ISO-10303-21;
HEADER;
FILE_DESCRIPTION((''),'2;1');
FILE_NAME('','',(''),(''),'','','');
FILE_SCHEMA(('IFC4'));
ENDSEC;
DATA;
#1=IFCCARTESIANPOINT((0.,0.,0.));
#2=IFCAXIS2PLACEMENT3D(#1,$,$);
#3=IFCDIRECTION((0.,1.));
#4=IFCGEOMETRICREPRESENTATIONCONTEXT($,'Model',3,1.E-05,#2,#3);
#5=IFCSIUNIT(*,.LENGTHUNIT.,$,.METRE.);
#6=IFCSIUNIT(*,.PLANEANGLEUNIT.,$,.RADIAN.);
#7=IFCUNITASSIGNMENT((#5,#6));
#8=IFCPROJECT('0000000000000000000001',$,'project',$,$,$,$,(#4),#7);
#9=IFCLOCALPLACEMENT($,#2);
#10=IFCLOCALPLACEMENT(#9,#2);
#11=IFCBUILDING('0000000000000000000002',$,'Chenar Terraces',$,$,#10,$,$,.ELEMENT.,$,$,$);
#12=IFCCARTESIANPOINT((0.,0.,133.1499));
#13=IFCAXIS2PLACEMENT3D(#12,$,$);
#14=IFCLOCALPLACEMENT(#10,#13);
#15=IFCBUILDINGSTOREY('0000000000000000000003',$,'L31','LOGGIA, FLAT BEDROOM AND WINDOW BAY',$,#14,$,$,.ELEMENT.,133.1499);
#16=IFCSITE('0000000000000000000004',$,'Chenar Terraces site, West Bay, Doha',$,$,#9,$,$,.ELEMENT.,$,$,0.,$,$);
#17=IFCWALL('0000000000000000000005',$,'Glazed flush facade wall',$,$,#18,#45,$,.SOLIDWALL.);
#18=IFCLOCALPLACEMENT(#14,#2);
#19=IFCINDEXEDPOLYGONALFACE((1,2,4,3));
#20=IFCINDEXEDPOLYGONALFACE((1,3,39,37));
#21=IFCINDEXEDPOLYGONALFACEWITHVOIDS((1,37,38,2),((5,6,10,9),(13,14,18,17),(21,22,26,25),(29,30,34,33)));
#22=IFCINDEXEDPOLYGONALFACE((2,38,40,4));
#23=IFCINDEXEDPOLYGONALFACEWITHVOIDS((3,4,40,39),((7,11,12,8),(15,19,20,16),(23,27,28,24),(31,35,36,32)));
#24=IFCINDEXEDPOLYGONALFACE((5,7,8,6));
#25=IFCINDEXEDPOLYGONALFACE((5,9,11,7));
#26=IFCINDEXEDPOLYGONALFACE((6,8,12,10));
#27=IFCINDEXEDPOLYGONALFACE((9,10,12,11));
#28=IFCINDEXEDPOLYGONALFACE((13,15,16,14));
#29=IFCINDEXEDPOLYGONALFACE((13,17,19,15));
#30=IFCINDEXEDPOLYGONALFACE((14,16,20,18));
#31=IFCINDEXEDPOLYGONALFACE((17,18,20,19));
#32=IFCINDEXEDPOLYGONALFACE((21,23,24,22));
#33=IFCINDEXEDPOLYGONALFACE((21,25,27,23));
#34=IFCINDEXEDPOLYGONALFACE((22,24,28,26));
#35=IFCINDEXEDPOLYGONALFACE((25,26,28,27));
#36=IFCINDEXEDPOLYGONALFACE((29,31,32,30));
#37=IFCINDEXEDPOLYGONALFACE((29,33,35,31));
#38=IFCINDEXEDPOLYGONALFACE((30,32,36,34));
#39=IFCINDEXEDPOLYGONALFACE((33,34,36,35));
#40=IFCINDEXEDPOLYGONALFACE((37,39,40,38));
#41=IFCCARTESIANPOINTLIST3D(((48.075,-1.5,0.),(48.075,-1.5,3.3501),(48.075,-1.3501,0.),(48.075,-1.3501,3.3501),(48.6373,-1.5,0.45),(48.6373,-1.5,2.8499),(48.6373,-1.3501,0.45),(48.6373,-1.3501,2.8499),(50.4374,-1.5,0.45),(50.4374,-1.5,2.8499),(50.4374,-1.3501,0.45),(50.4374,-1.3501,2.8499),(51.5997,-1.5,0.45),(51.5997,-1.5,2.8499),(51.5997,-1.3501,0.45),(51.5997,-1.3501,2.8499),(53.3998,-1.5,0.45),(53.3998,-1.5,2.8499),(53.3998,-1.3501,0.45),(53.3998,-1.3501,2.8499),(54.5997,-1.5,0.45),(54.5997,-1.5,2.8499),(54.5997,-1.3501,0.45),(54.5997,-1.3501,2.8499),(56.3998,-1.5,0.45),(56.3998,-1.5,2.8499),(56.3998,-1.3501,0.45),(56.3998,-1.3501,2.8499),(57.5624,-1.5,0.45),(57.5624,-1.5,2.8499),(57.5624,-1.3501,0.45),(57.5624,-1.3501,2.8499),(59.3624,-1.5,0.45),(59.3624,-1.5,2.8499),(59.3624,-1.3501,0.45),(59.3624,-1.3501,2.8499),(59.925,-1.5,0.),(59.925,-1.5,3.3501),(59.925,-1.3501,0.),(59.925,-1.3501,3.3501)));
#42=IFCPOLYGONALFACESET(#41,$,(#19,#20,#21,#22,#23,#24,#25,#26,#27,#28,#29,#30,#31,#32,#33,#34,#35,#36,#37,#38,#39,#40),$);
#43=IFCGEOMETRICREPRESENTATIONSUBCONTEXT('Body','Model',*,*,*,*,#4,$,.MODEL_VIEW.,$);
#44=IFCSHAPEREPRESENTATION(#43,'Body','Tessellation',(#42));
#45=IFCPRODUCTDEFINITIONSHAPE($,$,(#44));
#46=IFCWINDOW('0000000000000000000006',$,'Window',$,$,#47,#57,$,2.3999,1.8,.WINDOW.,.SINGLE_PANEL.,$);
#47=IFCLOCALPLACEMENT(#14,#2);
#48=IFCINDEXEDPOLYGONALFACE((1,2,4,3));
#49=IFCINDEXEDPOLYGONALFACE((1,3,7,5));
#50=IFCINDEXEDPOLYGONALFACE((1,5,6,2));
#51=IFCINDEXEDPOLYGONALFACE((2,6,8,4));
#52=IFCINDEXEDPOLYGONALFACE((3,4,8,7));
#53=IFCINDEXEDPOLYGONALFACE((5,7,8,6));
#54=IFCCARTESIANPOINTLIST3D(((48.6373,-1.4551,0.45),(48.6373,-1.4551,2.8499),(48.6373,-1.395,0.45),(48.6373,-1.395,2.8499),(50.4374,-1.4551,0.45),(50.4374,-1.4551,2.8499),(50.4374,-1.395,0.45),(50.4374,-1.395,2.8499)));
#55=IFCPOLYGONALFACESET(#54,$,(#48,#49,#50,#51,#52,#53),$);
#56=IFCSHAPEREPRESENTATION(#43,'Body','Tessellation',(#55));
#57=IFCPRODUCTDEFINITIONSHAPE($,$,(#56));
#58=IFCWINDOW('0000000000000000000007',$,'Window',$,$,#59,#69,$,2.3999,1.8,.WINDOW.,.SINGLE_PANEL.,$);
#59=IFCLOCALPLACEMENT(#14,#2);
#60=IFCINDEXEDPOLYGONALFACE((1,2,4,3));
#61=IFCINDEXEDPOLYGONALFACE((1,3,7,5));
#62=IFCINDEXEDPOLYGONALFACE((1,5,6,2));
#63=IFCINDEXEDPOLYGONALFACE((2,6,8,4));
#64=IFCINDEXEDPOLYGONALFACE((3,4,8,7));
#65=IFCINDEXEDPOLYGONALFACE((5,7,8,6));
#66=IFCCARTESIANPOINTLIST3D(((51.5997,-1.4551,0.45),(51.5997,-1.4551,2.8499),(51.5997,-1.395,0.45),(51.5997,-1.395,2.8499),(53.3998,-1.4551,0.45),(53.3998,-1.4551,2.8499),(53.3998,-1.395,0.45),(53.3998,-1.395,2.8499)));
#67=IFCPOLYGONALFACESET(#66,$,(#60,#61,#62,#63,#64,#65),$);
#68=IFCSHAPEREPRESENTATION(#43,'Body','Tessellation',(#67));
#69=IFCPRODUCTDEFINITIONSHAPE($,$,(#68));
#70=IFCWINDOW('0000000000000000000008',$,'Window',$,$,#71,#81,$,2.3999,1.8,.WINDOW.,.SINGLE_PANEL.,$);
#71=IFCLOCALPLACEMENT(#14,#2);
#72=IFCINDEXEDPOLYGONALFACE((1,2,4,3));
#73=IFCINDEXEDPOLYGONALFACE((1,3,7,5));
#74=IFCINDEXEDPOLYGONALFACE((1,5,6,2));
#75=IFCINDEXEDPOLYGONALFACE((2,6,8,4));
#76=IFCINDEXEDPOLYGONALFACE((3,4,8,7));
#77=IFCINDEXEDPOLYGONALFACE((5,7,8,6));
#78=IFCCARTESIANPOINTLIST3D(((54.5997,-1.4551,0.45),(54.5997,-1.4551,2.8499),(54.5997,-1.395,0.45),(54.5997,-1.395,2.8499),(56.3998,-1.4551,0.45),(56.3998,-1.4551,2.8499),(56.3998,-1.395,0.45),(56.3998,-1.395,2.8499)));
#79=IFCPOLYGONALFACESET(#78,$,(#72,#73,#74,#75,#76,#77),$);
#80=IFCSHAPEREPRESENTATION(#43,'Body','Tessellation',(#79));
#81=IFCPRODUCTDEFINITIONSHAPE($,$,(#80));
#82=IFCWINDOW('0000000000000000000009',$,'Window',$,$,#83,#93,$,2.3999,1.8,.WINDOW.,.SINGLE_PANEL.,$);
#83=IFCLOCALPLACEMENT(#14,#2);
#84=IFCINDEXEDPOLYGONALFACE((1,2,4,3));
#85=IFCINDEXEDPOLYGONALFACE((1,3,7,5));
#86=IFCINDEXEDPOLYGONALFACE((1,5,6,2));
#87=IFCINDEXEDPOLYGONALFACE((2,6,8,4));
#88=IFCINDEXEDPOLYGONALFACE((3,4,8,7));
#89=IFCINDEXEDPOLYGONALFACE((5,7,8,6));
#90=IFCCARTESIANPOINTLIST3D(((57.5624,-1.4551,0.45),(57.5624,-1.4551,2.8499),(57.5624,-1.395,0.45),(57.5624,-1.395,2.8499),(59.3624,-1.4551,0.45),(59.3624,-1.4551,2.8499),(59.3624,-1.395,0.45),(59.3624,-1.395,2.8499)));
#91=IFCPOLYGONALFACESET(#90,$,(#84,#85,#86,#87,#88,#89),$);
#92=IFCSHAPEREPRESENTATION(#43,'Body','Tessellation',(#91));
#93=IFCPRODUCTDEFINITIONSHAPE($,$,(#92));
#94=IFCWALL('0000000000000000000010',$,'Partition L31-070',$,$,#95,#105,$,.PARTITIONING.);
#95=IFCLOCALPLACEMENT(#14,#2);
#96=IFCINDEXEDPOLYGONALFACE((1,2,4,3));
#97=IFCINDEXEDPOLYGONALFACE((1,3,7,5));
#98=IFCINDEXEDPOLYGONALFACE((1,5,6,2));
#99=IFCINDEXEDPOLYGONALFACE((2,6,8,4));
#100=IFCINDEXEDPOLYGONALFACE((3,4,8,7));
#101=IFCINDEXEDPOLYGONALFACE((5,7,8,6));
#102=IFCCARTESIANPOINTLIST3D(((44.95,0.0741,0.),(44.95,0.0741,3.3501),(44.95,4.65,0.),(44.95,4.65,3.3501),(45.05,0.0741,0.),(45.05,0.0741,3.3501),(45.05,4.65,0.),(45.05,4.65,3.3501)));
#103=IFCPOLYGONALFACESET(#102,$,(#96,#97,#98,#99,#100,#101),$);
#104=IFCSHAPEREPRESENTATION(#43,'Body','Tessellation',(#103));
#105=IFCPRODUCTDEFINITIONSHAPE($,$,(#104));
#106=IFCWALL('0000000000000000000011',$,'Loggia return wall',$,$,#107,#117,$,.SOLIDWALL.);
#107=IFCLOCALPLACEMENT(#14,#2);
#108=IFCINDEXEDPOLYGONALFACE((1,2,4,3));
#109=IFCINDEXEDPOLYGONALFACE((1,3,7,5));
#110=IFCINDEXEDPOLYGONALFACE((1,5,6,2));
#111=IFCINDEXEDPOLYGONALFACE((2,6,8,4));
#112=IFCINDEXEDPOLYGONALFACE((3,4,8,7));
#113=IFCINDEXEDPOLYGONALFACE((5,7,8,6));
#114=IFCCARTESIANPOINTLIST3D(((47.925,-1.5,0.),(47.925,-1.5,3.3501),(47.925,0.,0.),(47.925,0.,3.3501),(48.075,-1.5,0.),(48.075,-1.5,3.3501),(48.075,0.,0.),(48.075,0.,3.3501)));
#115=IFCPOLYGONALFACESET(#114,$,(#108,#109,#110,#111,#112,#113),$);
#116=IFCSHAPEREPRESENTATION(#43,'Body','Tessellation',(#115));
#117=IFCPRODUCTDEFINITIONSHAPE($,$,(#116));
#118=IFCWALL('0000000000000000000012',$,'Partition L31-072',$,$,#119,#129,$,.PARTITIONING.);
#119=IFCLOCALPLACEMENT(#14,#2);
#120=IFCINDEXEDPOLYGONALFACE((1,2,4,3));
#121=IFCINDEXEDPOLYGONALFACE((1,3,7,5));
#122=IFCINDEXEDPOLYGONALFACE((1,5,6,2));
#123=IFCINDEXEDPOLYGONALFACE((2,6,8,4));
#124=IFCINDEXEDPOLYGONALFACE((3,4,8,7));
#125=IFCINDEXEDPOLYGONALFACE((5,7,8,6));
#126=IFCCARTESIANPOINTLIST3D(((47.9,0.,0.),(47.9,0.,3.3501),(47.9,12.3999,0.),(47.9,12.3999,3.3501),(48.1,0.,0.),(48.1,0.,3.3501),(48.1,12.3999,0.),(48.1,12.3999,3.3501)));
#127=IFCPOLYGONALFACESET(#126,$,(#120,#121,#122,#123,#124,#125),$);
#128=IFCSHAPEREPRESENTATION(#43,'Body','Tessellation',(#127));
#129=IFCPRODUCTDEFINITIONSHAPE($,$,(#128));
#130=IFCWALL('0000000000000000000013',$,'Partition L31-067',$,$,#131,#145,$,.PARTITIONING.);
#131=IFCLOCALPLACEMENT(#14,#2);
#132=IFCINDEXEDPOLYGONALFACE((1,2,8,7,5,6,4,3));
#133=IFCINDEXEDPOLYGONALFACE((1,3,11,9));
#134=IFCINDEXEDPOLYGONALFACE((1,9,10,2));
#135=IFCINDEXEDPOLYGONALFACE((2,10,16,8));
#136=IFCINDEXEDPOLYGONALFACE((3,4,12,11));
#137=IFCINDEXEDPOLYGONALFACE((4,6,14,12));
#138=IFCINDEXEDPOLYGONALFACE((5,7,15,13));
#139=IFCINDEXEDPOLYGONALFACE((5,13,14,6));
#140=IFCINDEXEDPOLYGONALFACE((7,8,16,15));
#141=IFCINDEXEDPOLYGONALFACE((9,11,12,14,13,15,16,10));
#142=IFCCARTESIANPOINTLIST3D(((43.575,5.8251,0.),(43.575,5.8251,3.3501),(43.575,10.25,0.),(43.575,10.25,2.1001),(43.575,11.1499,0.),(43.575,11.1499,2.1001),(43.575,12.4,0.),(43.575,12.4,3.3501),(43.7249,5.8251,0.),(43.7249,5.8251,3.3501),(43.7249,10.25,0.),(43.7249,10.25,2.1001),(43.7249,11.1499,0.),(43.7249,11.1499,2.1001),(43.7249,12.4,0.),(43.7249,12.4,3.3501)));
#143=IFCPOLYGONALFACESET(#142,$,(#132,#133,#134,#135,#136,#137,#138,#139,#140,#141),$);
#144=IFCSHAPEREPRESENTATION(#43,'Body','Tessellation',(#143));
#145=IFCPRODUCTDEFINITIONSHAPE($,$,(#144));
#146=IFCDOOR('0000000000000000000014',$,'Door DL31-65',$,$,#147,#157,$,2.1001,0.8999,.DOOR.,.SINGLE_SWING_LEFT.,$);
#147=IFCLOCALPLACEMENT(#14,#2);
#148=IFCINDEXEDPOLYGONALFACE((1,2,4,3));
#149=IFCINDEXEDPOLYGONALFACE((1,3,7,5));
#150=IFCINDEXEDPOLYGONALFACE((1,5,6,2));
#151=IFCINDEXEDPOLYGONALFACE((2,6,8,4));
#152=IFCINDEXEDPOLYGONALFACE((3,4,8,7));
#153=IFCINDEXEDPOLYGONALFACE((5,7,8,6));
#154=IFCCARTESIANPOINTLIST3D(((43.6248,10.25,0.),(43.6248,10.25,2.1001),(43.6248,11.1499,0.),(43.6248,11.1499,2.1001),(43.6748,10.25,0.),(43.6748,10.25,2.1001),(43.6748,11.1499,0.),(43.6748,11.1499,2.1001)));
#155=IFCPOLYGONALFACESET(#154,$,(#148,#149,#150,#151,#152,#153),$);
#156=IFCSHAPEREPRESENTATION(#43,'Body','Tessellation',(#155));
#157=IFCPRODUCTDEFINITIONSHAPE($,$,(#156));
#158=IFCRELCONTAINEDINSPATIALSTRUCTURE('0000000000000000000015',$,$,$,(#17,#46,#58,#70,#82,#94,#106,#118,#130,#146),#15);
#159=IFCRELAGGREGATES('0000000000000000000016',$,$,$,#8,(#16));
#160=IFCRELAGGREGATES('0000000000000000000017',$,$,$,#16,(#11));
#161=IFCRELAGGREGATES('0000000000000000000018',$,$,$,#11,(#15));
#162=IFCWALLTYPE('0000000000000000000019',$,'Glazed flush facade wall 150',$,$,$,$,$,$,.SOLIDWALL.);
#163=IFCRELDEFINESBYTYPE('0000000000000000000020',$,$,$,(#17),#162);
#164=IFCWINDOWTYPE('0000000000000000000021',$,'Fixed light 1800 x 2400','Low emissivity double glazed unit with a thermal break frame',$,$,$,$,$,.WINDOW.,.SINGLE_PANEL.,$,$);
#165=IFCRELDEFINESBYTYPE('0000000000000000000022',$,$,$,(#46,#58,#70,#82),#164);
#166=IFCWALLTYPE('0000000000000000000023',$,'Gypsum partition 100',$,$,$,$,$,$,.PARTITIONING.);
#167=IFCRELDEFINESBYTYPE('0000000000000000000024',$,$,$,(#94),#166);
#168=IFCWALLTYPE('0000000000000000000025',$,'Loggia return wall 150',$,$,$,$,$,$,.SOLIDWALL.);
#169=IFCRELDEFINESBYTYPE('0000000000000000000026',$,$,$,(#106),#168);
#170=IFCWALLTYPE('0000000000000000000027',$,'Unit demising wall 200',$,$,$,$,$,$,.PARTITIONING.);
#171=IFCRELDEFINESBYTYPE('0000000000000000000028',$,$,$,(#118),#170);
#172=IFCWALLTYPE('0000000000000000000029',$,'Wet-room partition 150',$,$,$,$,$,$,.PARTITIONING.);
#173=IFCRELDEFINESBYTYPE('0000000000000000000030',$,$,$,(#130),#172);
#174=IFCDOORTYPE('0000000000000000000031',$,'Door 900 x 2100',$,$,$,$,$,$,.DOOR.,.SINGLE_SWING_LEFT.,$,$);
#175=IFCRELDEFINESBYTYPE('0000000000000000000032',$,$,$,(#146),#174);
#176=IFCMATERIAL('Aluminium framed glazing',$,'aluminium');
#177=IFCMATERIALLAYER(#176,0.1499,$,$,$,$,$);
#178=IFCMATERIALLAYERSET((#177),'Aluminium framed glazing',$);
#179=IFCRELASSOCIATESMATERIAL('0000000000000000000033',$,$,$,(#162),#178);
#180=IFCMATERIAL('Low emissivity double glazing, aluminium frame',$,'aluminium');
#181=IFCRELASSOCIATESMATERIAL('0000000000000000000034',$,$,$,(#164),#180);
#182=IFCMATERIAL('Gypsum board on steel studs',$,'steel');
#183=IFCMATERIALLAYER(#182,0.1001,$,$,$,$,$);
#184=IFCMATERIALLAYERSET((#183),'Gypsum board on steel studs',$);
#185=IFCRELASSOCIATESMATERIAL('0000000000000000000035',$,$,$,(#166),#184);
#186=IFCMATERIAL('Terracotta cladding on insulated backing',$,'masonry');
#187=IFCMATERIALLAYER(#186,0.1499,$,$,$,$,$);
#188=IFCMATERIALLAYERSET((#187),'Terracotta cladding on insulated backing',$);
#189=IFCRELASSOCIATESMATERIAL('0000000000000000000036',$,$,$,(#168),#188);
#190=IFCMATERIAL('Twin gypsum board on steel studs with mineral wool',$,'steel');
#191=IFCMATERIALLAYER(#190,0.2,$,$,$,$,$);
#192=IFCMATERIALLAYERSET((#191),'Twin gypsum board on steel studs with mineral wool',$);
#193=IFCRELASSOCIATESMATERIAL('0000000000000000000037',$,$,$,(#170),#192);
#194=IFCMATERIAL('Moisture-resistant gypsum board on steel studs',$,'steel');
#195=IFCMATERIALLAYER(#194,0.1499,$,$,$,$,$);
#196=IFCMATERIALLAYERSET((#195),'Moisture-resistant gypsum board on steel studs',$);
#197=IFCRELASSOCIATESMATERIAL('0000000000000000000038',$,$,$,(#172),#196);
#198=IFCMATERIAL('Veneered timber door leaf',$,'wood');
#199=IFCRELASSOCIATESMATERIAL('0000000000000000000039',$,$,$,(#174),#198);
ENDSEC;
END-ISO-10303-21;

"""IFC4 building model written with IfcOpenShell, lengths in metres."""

from ifc_helpers import new_model, si_unit, direction, frame, frame_2d, origin, place, context, subcontext, project, spatial, rectangle, extrude, material, layer, layer_set, type_object, element, fill, save


model = new_model("IFC4")

# Units and contexts
model_context = context("Model", 3, precision=1e-05, world=origin(), true_north=direction((0.0, 1.0)))
body_context = subcontext(model_context, "Body", "Model", "MODEL_VIEW")
ifc_project = project(units=[si_unit("LENGTHUNIT", "METRE"), si_unit("PLANEANGLEUNIT", "RADIAN")], contexts=[model_context])

# Site, building, storey
site_placement = place(None, origin())
site = spatial("IfcSite", under=ifc_project, at=site_placement, Name="Chenar Terraces site, West Bay, Doha", CompositionType="ELEMENT", RefElevation=0.0)
building_placement = place(site_placement, origin())
building = spatial("IfcBuilding", under=site, at=building_placement, Name="Chenar Terraces", CompositionType="ELEMENT")
storey_placement = place(building_placement, frame((0.0, 0.0, 133.1499)))
storey = spatial("IfcBuildingStorey", under=building, at=storey_placement, Name="L31", Description="LOGGIA, FLAT BEDROOM AND WINDOW BAY", CompositionType="ELEMENT", Elevation=133.1499)

# Wall, openings, windows
ifc_material_1 = material(Name="Aluminium framed glazing", Category="aluminium")
ifc_layer_1 = layer(ifc_material_1, 0.1499)
ifc_layer_set_1 = layer_set([ifc_layer_1], Name="Aluminium framed glazing")
wall_type_1 = type_object("IfcWallType", Name="Glazed flush facade wall 150", PredefinedType="SOLIDWALL", material=ifc_layer_set_1)
wall_1_placement = place(storey_placement, frame((48.075, -1.425, 0.0), z_axis=(0.0, 0.0, 1.0), x_axis=(1.0, 0.0, 0.0)))
wall_1 = element("IfcWall", 1, at=wall_1_placement, inside=storey, type_object=wall_type_1, Name="Glazed flush facade wall", PredefinedType="SOLIDWALL", context=body_context, shape_type="SweptSolid", body=[
    extrude(rectangle(XDim=11.8501, YDim=0.1499, at=frame_2d((5.925, 0.0))), origin(), (0.0, 0.0, 1.0), 3.3501),
])
opening_1_placement = place(wall_1_placement, frame((0.5625, 0.0, 0.45)))
opening_1 = element("IfcOpeningElement", 2, at=opening_1_placement, cuts=wall_1, PredefinedType="OPENING", context=body_context, shape_type="SweptSolid", body=[
    extrude(rectangle(XDim=1.8, YDim=2.3999, at=frame_2d((0.8999, 1.2))), frame((0.0, 0.085, 0.0), z_axis=(0.0, -1.0, 0.0), x_axis=(1.0, 0.0, 0.0)), (0.0, 0.0, 1.0), 0.1699),
])
opening_2_placement = place(wall_1_placement, frame((3.5249, 0.0, 0.45)))
opening_2 = element("IfcOpeningElement", 3, at=opening_2_placement, cuts=wall_1, PredefinedType="OPENING", context=body_context, shape_type="SweptSolid", body=[
    extrude(rectangle(XDim=1.8, YDim=2.3999, at=frame_2d((0.8999, 1.2))), frame((0.0, 0.085, 0.0), z_axis=(0.0, -1.0, 0.0), x_axis=(1.0, 0.0, 0.0)), (0.0, 0.0, 1.0), 0.1699),
])
opening_3_placement = place(wall_1_placement, frame((6.5249, 0.0, 0.45)))
opening_3 = element("IfcOpeningElement", 4, at=opening_3_placement, cuts=wall_1, PredefinedType="OPENING", context=body_context, shape_type="SweptSolid", body=[
    extrude(rectangle(XDim=1.8, YDim=2.3999, at=frame_2d((0.8999, 1.2))), frame((0.0, 0.085, 0.0), z_axis=(0.0, -1.0, 0.0), x_axis=(1.0, 0.0, 0.0)), (0.0, 0.0, 1.0), 0.1699),
])
opening_4_placement = place(wall_1_placement, frame((9.4875, 0.0, 0.45)))
opening_4 = element("IfcOpeningElement", 5, at=opening_4_placement, cuts=wall_1, PredefinedType="OPENING", context=body_context, shape_type="SweptSolid", body=[
    extrude(rectangle(XDim=1.8, YDim=2.3999, at=frame_2d((0.8999, 1.2))), frame((0.0, 0.085, 0.0), z_axis=(0.0, -1.0, 0.0), x_axis=(1.0, 0.0, 0.0)), (0.0, 0.0, 1.0), 0.1699),
])
ifc_material_2 = material(Name="Low emissivity double glazing, aluminium frame", Category="aluminium")
window_type = type_object("IfcWindowType", Name="Fixed light 1800 x 2400", Description="Low emissivity double glazed unit with a thermal break frame", PartitioningType="SINGLE_PANEL", PredefinedType="WINDOW", material=ifc_material_2)
window_1_placement = place(opening_1_placement, origin())
window_1 = element("IfcWindow", 6, at=window_1_placement, inside=storey, type_object=window_type, Name="Window", OverallHeight=2.3999, OverallWidth=1.8, PartitioningType="SINGLE_PANEL", PredefinedType="WINDOW", context=body_context, shape_type="SweptSolid", body=[
    extrude(rectangle(XDim=1.8, YDim=2.3999, at=frame_2d((0.8999, 1.2))), frame((0.0, 0.03, 0.0), z_axis=(0.0, -1.0, 0.0), x_axis=(1.0, 0.0, 0.0)), (0.0, 0.0, 1.0), 0.0601),
])
fill(opening_1, window_1)
window_2_placement = place(opening_2_placement, origin())
window_2 = element("IfcWindow", 7, at=window_2_placement, inside=storey, type_object=window_type, Name="Window", OverallHeight=2.3999, OverallWidth=1.8, PartitioningType="SINGLE_PANEL", PredefinedType="WINDOW", context=body_context, shape_type="SweptSolid", body=[
    extrude(rectangle(XDim=1.8, YDim=2.3999, at=frame_2d((0.8999, 1.2))), frame((0.0, 0.03, 0.0), z_axis=(0.0, -1.0, 0.0), x_axis=(1.0, 0.0, 0.0)), (0.0, 0.0, 1.0), 0.0601),
])
fill(opening_2, window_2)
window_3_placement = place(opening_3_placement, origin())
window_3 = element("IfcWindow", 8, at=window_3_placement, inside=storey, type_object=window_type, Name="Window", OverallHeight=2.3999, OverallWidth=1.8, PartitioningType="SINGLE_PANEL", PredefinedType="WINDOW", context=body_context, shape_type="SweptSolid", body=[
    extrude(rectangle(XDim=1.8, YDim=2.3999, at=frame_2d((0.8999, 1.2))), frame((0.0, 0.03, 0.0), z_axis=(0.0, -1.0, 0.0), x_axis=(1.0, 0.0, 0.0)), (0.0, 0.0, 1.0), 0.0601),
])
fill(opening_3, window_3)
window_4_placement = place(opening_4_placement, origin())
window_4 = element("IfcWindow", 9, at=window_4_placement, inside=storey, type_object=window_type, Name="Window", OverallHeight=2.3999, OverallWidth=1.8, PartitioningType="SINGLE_PANEL", PredefinedType="WINDOW", context=body_context, shape_type="SweptSolid", body=[
    extrude(rectangle(XDim=1.8, YDim=2.3999, at=frame_2d((0.8999, 1.2))), frame((0.0, 0.03, 0.0), z_axis=(0.0, -1.0, 0.0), x_axis=(1.0, 0.0, 0.0)), (0.0, 0.0, 1.0), 0.0601),
])
fill(opening_4, window_4)

# Walls
ifc_material_3 = material(Name="Gypsum board on steel studs", Category="steel")
ifc_layer_2 = layer(ifc_material_3, 0.1001)
ifc_layer_set_2 = layer_set([ifc_layer_2], Name="Gypsum board on steel studs")
wall_type_2 = type_object("IfcWallType", Name="Gypsum partition 100", PredefinedType="PARTITIONING", material=ifc_layer_set_2)
wall_2_placement = place(storey_placement, frame((45.0, 0.074, 0.0), z_axis=(0.0, 0.0, 1.0), x_axis=(0.0, 1.0, 0.0)))
element("IfcWall", 10, at=wall_2_placement, inside=storey, type_object=wall_type_2, Name="Partition L31-070", PredefinedType="PARTITIONING", context=body_context, shape_type="SweptSolid", body=[
    extrude(rectangle(XDim=4.5759, YDim=0.1001, at=frame_2d((2.2881, 0.0))), origin(), (0.0, 0.0, 1.0), 3.3501),
])
ifc_material_4 = material(Name="Terracotta cladding on insulated backing", Category="masonry")
ifc_layer_3 = layer(ifc_material_4, 0.1499)
ifc_layer_set_3 = layer_set([ifc_layer_3], Name="Terracotta cladding on insulated backing")
wall_type_3 = type_object("IfcWallType", Name="Loggia return wall 150", PredefinedType="SOLIDWALL", material=ifc_layer_set_3)
wall_3_placement = place(storey_placement, frame((48.0, -1.5, 0.0), z_axis=(0.0, 0.0, 1.0), x_axis=(0.0, 1.0, 0.0)))
element("IfcWall", 11, at=wall_3_placement, inside=storey, type_object=wall_type_3, Name="Loggia return wall", PredefinedType="SOLIDWALL", context=body_context, shape_type="SweptSolid", body=[
    extrude(rectangle(XDim=1.5, YDim=0.1499, at=frame_2d((0.75, 0.0))), origin(), (0.0, 0.0, 1.0), 3.3501),
])
ifc_material_5 = material(Name="Twin gypsum board on steel studs with mineral wool", Category="steel")
ifc_layer_4 = layer(ifc_material_5, 0.2)
ifc_layer_set_4 = layer_set([ifc_layer_4], Name="Twin gypsum board on steel studs with mineral wool")
wall_type_4 = type_object("IfcWallType", Name="Unit demising wall 200", PredefinedType="PARTITIONING", material=ifc_layer_set_4)
wall_4_placement = place(storey_placement, frame((48.0, 0.0, 0.0), z_axis=(0.0, 0.0, 1.0), x_axis=(0.0, 1.0, 0.0)))
element("IfcWall", 12, at=wall_4_placement, inside=storey, type_object=wall_type_4, Name="Partition L31-072", PredefinedType="PARTITIONING", context=body_context, shape_type="SweptSolid", body=[
    extrude(rectangle(XDim=12.3999, YDim=0.2, at=frame_2d((6.2, 0.0))), origin(), (0.0, 0.0, 1.0), 3.3501),
])

# Wall, opening, door
ifc_material_6 = material(Name="Moisture-resistant gypsum board on steel studs", Category="steel")
ifc_layer_5 = layer(ifc_material_6, 0.1499)
ifc_layer_set_5 = layer_set([ifc_layer_5], Name="Moisture-resistant gypsum board on steel studs")
wall_type_5 = type_object("IfcWallType", Name="Wet-room partition 150", PredefinedType="PARTITIONING", material=ifc_layer_set_5)
wall_5_placement = place(storey_placement, frame((43.6499, 5.825, 0.0), z_axis=(0.0, 0.0, 1.0), x_axis=(0.0, 1.0, 0.0)))
wall_5 = element("IfcWall", 13, at=wall_5_placement, inside=storey, type_object=wall_type_5, Name="Partition L31-067", PredefinedType="PARTITIONING", context=body_context, shape_type="SweptSolid", body=[
    extrude(rectangle(XDim=6.575, YDim=0.1499, at=frame_2d((3.2876, 0.0))), origin(), (0.0, 0.0, 1.0), 3.3501),
])
opening_5_placement = place(wall_5_placement, frame((4.425, 0.0, 0.0)))
opening_5 = element("IfcOpeningElement", 14, at=opening_5_placement, cuts=wall_5, PredefinedType="OPENING", context=body_context, shape_type="SweptSolid", body=[
    extrude(rectangle(XDim=0.8999, YDim=2.1001, at=frame_2d((0.45, 1.05))), frame((0.0, 0.085, 0.0), z_axis=(0.0, -1.0, 0.0), x_axis=(1.0, 0.0, 0.0)), (0.0, 0.0, 1.0), 0.1699),
])
ifc_material_7 = material(Name="Veneered timber door leaf", Category="wood")
door_type_1 = type_object("IfcDoorType", Name="Door 900 x 2100", OperationType="SINGLE_SWING_LEFT", PredefinedType="DOOR", material=ifc_material_7)
door_1_placement = place(opening_5_placement, frame((0.8999, 0.0, 0.0), z_axis=(0.0, 0.0, 1.0), x_axis=(-1.0, 0.0, 0.0)))
door_1 = element("IfcDoor", 15, at=door_1_placement, inside=storey, type_object=door_type_1, Name="Door DL31-65", OperationType="SINGLE_SWING_LEFT", OverallHeight=2.1001, OverallWidth=0.8999, PredefinedType="DOOR", context=body_context, shape_type="SweptSolid", body=[
    extrude(rectangle(XDim=0.8999, YDim=2.1001, at=frame_2d((0.45, 1.05))), frame((0.0, 0.0249, 0.0), z_axis=(0.0, -1.0, 0.0), x_axis=(1.0, 0.0, 0.0)), (0.0, 0.0, 1.0), 0.05),
])
fill(opening_5, door_1)

save(model, "model.ifc")
